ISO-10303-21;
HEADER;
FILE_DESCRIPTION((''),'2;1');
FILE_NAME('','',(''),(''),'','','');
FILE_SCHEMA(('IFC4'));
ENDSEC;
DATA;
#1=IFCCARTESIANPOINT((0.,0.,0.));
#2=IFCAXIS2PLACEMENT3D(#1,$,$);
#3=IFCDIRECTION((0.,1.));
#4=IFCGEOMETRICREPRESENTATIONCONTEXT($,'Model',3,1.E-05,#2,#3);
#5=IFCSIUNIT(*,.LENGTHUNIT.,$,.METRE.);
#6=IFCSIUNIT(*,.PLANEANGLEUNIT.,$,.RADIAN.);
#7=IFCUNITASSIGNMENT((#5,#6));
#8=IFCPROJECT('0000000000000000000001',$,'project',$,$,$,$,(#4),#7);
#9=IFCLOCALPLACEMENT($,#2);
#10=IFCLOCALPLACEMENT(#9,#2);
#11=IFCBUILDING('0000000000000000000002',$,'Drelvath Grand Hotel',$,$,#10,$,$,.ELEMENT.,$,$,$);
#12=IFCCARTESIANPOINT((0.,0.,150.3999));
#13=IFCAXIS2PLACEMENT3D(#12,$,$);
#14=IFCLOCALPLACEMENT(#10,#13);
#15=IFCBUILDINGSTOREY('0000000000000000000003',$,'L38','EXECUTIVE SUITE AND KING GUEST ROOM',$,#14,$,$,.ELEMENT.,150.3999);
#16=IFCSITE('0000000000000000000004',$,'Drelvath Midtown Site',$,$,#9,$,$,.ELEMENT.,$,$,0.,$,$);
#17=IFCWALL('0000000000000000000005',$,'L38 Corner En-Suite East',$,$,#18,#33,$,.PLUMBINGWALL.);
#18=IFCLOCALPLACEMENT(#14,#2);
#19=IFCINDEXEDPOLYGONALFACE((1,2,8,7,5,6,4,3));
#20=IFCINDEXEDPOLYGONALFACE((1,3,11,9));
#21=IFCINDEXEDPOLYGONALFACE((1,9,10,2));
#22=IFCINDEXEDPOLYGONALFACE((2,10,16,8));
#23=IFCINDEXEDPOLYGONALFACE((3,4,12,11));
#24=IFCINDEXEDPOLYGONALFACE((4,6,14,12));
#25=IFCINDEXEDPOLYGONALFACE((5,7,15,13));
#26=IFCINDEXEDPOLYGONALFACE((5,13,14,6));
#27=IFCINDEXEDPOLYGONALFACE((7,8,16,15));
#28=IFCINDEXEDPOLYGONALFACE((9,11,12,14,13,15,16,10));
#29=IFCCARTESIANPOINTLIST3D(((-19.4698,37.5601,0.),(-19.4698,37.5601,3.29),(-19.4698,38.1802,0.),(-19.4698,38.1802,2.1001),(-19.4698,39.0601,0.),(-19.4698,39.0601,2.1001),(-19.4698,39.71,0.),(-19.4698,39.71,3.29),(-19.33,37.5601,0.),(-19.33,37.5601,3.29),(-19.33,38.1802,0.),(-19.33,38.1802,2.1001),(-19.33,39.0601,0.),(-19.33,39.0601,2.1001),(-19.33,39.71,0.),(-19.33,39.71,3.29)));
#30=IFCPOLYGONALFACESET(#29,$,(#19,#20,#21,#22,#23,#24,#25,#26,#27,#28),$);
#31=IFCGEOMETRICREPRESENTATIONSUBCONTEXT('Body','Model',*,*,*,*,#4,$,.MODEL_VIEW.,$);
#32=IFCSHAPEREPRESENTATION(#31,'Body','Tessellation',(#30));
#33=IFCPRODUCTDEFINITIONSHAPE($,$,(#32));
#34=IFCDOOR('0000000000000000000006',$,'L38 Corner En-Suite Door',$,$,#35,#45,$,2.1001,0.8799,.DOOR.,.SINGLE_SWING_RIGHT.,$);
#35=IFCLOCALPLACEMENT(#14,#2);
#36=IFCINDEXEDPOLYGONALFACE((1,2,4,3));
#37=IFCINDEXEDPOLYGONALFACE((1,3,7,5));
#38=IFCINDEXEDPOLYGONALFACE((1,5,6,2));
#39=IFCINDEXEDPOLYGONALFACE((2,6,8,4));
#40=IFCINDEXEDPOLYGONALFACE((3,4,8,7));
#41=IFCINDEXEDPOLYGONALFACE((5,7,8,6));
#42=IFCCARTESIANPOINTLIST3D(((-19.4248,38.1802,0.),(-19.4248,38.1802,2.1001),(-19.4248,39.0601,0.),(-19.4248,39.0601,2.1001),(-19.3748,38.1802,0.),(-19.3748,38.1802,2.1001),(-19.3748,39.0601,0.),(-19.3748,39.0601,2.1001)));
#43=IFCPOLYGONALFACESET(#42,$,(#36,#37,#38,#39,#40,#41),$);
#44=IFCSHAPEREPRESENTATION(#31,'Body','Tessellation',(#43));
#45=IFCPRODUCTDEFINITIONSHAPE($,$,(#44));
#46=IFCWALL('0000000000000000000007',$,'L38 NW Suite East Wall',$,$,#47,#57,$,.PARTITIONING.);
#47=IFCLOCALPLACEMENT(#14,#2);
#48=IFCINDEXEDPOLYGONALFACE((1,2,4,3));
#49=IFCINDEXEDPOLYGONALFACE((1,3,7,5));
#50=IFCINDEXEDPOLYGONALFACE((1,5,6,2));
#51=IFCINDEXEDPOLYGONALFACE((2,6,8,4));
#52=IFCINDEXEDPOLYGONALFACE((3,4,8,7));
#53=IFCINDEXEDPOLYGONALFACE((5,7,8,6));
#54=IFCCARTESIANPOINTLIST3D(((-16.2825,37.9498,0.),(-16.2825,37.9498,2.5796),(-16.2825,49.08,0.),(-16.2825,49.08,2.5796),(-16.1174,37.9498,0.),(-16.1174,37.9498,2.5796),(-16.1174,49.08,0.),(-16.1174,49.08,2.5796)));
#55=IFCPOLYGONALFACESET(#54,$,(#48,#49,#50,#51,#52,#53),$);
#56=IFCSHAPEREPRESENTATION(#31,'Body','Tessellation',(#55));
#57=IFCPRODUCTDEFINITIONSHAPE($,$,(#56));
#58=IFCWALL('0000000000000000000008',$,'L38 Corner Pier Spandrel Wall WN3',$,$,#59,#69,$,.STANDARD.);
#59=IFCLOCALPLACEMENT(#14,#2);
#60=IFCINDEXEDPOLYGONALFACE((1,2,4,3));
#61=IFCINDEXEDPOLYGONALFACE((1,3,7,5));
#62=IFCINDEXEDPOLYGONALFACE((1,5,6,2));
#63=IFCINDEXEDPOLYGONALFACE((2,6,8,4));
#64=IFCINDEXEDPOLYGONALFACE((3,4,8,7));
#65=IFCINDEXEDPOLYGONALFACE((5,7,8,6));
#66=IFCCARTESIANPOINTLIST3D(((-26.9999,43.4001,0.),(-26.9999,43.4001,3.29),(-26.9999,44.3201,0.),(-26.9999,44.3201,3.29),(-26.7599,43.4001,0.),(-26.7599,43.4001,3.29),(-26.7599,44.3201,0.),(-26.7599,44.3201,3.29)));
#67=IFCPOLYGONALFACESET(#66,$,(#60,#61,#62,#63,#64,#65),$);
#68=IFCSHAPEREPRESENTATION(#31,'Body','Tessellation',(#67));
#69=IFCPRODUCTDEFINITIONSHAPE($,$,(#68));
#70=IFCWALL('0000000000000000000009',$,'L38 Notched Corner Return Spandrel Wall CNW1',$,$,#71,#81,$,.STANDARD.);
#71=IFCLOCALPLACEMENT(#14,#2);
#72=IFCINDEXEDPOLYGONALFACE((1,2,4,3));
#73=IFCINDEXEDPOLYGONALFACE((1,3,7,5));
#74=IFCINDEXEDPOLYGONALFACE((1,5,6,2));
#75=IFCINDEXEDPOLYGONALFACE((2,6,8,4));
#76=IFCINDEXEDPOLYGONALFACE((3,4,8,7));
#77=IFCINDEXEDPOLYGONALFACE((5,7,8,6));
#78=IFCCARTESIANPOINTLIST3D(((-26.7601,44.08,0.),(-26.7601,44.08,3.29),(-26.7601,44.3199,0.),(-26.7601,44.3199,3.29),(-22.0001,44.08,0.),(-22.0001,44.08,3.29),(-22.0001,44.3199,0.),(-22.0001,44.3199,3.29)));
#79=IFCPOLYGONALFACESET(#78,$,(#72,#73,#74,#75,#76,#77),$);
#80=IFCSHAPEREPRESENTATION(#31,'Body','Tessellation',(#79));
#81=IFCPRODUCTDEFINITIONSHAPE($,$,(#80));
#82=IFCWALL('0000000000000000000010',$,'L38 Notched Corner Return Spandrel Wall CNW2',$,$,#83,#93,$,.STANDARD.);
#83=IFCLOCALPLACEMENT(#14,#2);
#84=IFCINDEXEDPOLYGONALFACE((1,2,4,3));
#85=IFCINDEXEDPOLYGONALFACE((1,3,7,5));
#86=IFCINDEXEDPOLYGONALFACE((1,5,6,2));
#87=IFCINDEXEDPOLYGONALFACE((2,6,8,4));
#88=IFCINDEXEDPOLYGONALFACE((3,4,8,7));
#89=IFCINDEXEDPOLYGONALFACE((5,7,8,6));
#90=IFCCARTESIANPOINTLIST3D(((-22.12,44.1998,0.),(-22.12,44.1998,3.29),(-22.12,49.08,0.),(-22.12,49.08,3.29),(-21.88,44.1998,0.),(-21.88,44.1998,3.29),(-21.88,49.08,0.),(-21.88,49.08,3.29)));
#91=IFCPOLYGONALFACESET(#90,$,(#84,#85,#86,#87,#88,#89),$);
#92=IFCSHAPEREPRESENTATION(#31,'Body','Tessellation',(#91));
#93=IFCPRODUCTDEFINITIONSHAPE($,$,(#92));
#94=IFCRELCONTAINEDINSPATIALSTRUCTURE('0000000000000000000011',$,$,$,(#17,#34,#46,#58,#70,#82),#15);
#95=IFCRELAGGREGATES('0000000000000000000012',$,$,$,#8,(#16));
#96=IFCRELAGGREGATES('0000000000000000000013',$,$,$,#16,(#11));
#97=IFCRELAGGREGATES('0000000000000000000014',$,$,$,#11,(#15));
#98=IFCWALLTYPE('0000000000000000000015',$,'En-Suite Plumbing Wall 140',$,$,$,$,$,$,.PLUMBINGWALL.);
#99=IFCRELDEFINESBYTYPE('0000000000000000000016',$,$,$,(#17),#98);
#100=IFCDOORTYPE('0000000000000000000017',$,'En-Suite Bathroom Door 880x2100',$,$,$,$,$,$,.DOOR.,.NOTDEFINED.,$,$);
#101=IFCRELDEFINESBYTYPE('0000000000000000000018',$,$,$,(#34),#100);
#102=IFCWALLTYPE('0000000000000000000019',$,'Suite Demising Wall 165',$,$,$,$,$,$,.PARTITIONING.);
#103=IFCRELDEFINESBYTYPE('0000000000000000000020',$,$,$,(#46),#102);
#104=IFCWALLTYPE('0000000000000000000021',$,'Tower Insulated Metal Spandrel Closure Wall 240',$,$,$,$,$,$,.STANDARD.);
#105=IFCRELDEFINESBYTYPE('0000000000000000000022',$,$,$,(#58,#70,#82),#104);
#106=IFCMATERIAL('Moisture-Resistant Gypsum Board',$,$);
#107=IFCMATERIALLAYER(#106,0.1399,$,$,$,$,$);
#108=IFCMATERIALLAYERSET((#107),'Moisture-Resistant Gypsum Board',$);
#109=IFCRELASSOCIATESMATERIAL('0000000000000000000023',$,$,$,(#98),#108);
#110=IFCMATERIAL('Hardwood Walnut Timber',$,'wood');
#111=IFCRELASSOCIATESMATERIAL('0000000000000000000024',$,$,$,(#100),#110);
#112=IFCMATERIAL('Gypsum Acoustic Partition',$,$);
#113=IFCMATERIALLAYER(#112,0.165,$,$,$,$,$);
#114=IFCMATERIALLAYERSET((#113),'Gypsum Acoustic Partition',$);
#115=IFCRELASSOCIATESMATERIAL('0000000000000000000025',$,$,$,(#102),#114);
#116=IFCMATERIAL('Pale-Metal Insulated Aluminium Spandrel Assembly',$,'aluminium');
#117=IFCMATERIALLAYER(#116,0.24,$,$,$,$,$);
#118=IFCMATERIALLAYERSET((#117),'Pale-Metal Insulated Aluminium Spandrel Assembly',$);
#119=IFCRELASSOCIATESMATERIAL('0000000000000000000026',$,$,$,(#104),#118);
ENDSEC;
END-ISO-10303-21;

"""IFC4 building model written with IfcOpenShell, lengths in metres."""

from ifc_helpers import new_model, si_unit, direction, frame, frame_2d, origin, place, context, subcontext, project, spatial, rectangle, extrude, material, layer, layer_set, type_object, element, fill, save


model = new_model("IFC4")

# Units and contexts
model_context = context("Model", 3, precision=1e-05, world=origin(), true_north=direction((0.0, 1.0)))
body_context = subcontext(model_context, "Body", "Model", "MODEL_VIEW")
ifc_project = project(units=[si_unit("LENGTHUNIT", "METRE"), si_unit("PLANEANGLEUNIT", "RADIAN")], contexts=[model_context])

# Site, building, storey
site_placement = place(None, origin())
site = spatial("IfcSite", under=ifc_project, at=site_placement, Name="Drelvath Midtown Site", CompositionType="ELEMENT", RefElevation=0.0)
building_placement = place(site_placement, origin())
building = spatial("IfcBuilding", under=site, at=building_placement, Name="Drelvath Grand Hotel", CompositionType="ELEMENT")
storey_placement = place(building_placement, frame((0.0, 0.0, 150.3999)))
storey = spatial("IfcBuildingStorey", under=building, at=storey_placement, Name="L38", Description="EXECUTIVE SUITE AND KING GUEST ROOM", CompositionType="ELEMENT", Elevation=150.3999)

# Shared definitions
ifc_material_1 = material(Name="Hardwood Walnut Timber", Category="wood")

# Shared definitions
ifc_material_2 = material(Name="Moisture-Resistant Gypsum Board")
ifc_layer_1 = layer(ifc_material_2, 0.1399)
ifc_layer_set_1 = layer_set([ifc_layer_1], Name="Moisture-Resistant Gypsum Board")
wall_type_1 = type_object("IfcWallType", Name="En-Suite Plumbing Wall 140", PredefinedType="PLUMBINGWALL", material=ifc_layer_set_1)

# Wall, opening, door
wall_1_placement = place(storey_placement, frame((-19.3999, 37.5601, 0.0), z_axis=(0.0, 0.0, 1.0), x_axis=(0.0, 1.0, 0.0)))
wall_1 = element("IfcWall", 1, at=wall_1_placement, inside=storey, type_object=wall_type_1, Name="L38 Corner En-Suite East", PredefinedType="PLUMBINGWALL", context=body_context, shape_type="SweptSolid", body=[
    extrude(rectangle(XDim=2.1499, YDim=0.1399, at=frame_2d((1.075, 0.0))), origin(), (0.0, 0.0, 1.0), 3.29),
])
opening_1_placement = place(wall_1_placement, frame((0.6201, 0.0, 0.0)))
opening_1 = element("IfcOpeningElement", 2, at=opening_1_placement, cuts=wall_1, PredefinedType="OPENING", context=body_context, shape_type="SweptSolid", body=[
    extrude(rectangle(XDim=0.8799, YDim=2.1001, at=frame_2d((0.4399, 1.05))), frame((0.0, 0.0798, 0.0), z_axis=(0.0, -1.0, 0.0), x_axis=(1.0, 0.0, 0.0)), (0.0, 0.0, 1.0), 0.1599),
])
door_type_1 = type_object("IfcDoorType", Name="En-Suite Bathroom Door 880x2100", OperationType="NOTDEFINED", PredefinedType="DOOR", material=ifc_material_1)
door_1_placement = place(opening_1_placement, origin())
door_1 = element("IfcDoor", 3, at=door_1_placement, inside=storey, type_object=door_type_1, Name="L38 Corner En-Suite Door", OperationType="SINGLE_SWING_RIGHT", OverallHeight=2.1001, OverallWidth=0.8799, PredefinedType="DOOR", context=body_context, shape_type="SweptSolid", body=[
    extrude(rectangle(XDim=0.8799, YDim=2.1001, at=frame_2d((0.4399, 1.05))), frame((0.0, 0.0249, 0.0), z_axis=(0.0, -1.0, 0.0), x_axis=(1.0, 0.0, 0.0)), (0.0, 0.0, 1.0), 0.05),
])
fill(opening_1, door_1)

# Walls
ifc_material_3 = material(Name="Gypsum Acoustic Partition")
ifc_layer_2 = layer(ifc_material_3, 0.165)
ifc_layer_set_2 = layer_set([ifc_layer_2], Name="Gypsum Acoustic Partition")
wall_type_2 = type_object("IfcWallType", Name="Suite Demising Wall 165", PredefinedType="PARTITIONING", material=ifc_layer_set_2)
wall_2_placement = place(storey_placement, frame((-16.2, 37.95, 0.0), z_axis=(0.0, 0.0, 1.0), x_axis=(0.0, 1.0, 0.0)))
element("IfcWall", 4, at=wall_2_placement, inside=storey, type_object=wall_type_2, Name="L38 NW Suite East Wall", PredefinedType="PARTITIONING", context=body_context, shape_type="SweptSolid", body=[
    extrude(rectangle(XDim=11.1301, YDim=0.165, at=frame_2d((5.5649, 0.0))), origin(), (0.0, 0.0, 1.0), 2.5796),
])
ifc_material_4 = material(Name="Pale-Metal Insulated Aluminium Spandrel Assembly", Category="aluminium")
ifc_layer_3 = layer(ifc_material_4, 0.24)
ifc_layer_set_3 = layer_set([ifc_layer_3], Name="Pale-Metal Insulated Aluminium Spandrel Assembly")
wall_type_3 = type_object("IfcWallType", Name="Tower Insulated Metal Spandrel Closure Wall 240", PredefinedType="STANDARD", material=ifc_layer_set_3)
wall_3_placement = place(storey_placement, frame((-26.8799, 43.4001, 0.0), z_axis=(0.0, 0.0, 1.0), x_axis=(0.0, 1.0, 0.0)))
element("IfcWall", 5, at=wall_3_placement, inside=storey, type_object=wall_type_3, Name="L38 Corner Pier Spandrel Wall WN3", PredefinedType="STANDARD", context=body_context, shape_type="SweptSolid", body=[
    extrude(rectangle(XDim=0.9199, YDim=0.24, at=frame_2d((0.46, 0.0))), origin(), (0.0, 0.0, 1.0), 3.29),
])
wall_4_placement = place(storey_placement, frame((-26.76, 44.2, 0.0), z_axis=(0.0, 0.0, 1.0), x_axis=(1.0, 0.0, 0.0)))
element("IfcWall", 6, at=wall_4_placement, inside=storey, type_object=wall_type_3, Name="L38 Notched Corner Return Spandrel Wall CNW1", PredefinedType="STANDARD", context=body_context, shape_type="SweptSolid", body=[
    extrude(rectangle(XDim=4.76, YDim=0.24, at=frame_2d((2.3799, 0.0))), origin(), (0.0, 0.0, 1.0), 3.29),
])
wall_5_placement = place(storey_placement, frame((-22.0, 44.2, 0.0), z_axis=(0.0, 0.0, 1.0), x_axis=(0.0, 1.0, 0.0)))
element("IfcWall", 7, at=wall_5_placement, inside=storey, type_object=wall_type_3, Name="L38 Notched Corner Return Spandrel Wall CNW2", PredefinedType="STANDARD", context=body_context, shape_type="SweptSolid", body=[
    extrude(rectangle(XDim=4.8801, YDim=0.24, at=frame_2d((2.4399, 0.0))), origin(), (0.0, 0.0, 1.0), 3.29),
])

save(model, "model.ifc")
